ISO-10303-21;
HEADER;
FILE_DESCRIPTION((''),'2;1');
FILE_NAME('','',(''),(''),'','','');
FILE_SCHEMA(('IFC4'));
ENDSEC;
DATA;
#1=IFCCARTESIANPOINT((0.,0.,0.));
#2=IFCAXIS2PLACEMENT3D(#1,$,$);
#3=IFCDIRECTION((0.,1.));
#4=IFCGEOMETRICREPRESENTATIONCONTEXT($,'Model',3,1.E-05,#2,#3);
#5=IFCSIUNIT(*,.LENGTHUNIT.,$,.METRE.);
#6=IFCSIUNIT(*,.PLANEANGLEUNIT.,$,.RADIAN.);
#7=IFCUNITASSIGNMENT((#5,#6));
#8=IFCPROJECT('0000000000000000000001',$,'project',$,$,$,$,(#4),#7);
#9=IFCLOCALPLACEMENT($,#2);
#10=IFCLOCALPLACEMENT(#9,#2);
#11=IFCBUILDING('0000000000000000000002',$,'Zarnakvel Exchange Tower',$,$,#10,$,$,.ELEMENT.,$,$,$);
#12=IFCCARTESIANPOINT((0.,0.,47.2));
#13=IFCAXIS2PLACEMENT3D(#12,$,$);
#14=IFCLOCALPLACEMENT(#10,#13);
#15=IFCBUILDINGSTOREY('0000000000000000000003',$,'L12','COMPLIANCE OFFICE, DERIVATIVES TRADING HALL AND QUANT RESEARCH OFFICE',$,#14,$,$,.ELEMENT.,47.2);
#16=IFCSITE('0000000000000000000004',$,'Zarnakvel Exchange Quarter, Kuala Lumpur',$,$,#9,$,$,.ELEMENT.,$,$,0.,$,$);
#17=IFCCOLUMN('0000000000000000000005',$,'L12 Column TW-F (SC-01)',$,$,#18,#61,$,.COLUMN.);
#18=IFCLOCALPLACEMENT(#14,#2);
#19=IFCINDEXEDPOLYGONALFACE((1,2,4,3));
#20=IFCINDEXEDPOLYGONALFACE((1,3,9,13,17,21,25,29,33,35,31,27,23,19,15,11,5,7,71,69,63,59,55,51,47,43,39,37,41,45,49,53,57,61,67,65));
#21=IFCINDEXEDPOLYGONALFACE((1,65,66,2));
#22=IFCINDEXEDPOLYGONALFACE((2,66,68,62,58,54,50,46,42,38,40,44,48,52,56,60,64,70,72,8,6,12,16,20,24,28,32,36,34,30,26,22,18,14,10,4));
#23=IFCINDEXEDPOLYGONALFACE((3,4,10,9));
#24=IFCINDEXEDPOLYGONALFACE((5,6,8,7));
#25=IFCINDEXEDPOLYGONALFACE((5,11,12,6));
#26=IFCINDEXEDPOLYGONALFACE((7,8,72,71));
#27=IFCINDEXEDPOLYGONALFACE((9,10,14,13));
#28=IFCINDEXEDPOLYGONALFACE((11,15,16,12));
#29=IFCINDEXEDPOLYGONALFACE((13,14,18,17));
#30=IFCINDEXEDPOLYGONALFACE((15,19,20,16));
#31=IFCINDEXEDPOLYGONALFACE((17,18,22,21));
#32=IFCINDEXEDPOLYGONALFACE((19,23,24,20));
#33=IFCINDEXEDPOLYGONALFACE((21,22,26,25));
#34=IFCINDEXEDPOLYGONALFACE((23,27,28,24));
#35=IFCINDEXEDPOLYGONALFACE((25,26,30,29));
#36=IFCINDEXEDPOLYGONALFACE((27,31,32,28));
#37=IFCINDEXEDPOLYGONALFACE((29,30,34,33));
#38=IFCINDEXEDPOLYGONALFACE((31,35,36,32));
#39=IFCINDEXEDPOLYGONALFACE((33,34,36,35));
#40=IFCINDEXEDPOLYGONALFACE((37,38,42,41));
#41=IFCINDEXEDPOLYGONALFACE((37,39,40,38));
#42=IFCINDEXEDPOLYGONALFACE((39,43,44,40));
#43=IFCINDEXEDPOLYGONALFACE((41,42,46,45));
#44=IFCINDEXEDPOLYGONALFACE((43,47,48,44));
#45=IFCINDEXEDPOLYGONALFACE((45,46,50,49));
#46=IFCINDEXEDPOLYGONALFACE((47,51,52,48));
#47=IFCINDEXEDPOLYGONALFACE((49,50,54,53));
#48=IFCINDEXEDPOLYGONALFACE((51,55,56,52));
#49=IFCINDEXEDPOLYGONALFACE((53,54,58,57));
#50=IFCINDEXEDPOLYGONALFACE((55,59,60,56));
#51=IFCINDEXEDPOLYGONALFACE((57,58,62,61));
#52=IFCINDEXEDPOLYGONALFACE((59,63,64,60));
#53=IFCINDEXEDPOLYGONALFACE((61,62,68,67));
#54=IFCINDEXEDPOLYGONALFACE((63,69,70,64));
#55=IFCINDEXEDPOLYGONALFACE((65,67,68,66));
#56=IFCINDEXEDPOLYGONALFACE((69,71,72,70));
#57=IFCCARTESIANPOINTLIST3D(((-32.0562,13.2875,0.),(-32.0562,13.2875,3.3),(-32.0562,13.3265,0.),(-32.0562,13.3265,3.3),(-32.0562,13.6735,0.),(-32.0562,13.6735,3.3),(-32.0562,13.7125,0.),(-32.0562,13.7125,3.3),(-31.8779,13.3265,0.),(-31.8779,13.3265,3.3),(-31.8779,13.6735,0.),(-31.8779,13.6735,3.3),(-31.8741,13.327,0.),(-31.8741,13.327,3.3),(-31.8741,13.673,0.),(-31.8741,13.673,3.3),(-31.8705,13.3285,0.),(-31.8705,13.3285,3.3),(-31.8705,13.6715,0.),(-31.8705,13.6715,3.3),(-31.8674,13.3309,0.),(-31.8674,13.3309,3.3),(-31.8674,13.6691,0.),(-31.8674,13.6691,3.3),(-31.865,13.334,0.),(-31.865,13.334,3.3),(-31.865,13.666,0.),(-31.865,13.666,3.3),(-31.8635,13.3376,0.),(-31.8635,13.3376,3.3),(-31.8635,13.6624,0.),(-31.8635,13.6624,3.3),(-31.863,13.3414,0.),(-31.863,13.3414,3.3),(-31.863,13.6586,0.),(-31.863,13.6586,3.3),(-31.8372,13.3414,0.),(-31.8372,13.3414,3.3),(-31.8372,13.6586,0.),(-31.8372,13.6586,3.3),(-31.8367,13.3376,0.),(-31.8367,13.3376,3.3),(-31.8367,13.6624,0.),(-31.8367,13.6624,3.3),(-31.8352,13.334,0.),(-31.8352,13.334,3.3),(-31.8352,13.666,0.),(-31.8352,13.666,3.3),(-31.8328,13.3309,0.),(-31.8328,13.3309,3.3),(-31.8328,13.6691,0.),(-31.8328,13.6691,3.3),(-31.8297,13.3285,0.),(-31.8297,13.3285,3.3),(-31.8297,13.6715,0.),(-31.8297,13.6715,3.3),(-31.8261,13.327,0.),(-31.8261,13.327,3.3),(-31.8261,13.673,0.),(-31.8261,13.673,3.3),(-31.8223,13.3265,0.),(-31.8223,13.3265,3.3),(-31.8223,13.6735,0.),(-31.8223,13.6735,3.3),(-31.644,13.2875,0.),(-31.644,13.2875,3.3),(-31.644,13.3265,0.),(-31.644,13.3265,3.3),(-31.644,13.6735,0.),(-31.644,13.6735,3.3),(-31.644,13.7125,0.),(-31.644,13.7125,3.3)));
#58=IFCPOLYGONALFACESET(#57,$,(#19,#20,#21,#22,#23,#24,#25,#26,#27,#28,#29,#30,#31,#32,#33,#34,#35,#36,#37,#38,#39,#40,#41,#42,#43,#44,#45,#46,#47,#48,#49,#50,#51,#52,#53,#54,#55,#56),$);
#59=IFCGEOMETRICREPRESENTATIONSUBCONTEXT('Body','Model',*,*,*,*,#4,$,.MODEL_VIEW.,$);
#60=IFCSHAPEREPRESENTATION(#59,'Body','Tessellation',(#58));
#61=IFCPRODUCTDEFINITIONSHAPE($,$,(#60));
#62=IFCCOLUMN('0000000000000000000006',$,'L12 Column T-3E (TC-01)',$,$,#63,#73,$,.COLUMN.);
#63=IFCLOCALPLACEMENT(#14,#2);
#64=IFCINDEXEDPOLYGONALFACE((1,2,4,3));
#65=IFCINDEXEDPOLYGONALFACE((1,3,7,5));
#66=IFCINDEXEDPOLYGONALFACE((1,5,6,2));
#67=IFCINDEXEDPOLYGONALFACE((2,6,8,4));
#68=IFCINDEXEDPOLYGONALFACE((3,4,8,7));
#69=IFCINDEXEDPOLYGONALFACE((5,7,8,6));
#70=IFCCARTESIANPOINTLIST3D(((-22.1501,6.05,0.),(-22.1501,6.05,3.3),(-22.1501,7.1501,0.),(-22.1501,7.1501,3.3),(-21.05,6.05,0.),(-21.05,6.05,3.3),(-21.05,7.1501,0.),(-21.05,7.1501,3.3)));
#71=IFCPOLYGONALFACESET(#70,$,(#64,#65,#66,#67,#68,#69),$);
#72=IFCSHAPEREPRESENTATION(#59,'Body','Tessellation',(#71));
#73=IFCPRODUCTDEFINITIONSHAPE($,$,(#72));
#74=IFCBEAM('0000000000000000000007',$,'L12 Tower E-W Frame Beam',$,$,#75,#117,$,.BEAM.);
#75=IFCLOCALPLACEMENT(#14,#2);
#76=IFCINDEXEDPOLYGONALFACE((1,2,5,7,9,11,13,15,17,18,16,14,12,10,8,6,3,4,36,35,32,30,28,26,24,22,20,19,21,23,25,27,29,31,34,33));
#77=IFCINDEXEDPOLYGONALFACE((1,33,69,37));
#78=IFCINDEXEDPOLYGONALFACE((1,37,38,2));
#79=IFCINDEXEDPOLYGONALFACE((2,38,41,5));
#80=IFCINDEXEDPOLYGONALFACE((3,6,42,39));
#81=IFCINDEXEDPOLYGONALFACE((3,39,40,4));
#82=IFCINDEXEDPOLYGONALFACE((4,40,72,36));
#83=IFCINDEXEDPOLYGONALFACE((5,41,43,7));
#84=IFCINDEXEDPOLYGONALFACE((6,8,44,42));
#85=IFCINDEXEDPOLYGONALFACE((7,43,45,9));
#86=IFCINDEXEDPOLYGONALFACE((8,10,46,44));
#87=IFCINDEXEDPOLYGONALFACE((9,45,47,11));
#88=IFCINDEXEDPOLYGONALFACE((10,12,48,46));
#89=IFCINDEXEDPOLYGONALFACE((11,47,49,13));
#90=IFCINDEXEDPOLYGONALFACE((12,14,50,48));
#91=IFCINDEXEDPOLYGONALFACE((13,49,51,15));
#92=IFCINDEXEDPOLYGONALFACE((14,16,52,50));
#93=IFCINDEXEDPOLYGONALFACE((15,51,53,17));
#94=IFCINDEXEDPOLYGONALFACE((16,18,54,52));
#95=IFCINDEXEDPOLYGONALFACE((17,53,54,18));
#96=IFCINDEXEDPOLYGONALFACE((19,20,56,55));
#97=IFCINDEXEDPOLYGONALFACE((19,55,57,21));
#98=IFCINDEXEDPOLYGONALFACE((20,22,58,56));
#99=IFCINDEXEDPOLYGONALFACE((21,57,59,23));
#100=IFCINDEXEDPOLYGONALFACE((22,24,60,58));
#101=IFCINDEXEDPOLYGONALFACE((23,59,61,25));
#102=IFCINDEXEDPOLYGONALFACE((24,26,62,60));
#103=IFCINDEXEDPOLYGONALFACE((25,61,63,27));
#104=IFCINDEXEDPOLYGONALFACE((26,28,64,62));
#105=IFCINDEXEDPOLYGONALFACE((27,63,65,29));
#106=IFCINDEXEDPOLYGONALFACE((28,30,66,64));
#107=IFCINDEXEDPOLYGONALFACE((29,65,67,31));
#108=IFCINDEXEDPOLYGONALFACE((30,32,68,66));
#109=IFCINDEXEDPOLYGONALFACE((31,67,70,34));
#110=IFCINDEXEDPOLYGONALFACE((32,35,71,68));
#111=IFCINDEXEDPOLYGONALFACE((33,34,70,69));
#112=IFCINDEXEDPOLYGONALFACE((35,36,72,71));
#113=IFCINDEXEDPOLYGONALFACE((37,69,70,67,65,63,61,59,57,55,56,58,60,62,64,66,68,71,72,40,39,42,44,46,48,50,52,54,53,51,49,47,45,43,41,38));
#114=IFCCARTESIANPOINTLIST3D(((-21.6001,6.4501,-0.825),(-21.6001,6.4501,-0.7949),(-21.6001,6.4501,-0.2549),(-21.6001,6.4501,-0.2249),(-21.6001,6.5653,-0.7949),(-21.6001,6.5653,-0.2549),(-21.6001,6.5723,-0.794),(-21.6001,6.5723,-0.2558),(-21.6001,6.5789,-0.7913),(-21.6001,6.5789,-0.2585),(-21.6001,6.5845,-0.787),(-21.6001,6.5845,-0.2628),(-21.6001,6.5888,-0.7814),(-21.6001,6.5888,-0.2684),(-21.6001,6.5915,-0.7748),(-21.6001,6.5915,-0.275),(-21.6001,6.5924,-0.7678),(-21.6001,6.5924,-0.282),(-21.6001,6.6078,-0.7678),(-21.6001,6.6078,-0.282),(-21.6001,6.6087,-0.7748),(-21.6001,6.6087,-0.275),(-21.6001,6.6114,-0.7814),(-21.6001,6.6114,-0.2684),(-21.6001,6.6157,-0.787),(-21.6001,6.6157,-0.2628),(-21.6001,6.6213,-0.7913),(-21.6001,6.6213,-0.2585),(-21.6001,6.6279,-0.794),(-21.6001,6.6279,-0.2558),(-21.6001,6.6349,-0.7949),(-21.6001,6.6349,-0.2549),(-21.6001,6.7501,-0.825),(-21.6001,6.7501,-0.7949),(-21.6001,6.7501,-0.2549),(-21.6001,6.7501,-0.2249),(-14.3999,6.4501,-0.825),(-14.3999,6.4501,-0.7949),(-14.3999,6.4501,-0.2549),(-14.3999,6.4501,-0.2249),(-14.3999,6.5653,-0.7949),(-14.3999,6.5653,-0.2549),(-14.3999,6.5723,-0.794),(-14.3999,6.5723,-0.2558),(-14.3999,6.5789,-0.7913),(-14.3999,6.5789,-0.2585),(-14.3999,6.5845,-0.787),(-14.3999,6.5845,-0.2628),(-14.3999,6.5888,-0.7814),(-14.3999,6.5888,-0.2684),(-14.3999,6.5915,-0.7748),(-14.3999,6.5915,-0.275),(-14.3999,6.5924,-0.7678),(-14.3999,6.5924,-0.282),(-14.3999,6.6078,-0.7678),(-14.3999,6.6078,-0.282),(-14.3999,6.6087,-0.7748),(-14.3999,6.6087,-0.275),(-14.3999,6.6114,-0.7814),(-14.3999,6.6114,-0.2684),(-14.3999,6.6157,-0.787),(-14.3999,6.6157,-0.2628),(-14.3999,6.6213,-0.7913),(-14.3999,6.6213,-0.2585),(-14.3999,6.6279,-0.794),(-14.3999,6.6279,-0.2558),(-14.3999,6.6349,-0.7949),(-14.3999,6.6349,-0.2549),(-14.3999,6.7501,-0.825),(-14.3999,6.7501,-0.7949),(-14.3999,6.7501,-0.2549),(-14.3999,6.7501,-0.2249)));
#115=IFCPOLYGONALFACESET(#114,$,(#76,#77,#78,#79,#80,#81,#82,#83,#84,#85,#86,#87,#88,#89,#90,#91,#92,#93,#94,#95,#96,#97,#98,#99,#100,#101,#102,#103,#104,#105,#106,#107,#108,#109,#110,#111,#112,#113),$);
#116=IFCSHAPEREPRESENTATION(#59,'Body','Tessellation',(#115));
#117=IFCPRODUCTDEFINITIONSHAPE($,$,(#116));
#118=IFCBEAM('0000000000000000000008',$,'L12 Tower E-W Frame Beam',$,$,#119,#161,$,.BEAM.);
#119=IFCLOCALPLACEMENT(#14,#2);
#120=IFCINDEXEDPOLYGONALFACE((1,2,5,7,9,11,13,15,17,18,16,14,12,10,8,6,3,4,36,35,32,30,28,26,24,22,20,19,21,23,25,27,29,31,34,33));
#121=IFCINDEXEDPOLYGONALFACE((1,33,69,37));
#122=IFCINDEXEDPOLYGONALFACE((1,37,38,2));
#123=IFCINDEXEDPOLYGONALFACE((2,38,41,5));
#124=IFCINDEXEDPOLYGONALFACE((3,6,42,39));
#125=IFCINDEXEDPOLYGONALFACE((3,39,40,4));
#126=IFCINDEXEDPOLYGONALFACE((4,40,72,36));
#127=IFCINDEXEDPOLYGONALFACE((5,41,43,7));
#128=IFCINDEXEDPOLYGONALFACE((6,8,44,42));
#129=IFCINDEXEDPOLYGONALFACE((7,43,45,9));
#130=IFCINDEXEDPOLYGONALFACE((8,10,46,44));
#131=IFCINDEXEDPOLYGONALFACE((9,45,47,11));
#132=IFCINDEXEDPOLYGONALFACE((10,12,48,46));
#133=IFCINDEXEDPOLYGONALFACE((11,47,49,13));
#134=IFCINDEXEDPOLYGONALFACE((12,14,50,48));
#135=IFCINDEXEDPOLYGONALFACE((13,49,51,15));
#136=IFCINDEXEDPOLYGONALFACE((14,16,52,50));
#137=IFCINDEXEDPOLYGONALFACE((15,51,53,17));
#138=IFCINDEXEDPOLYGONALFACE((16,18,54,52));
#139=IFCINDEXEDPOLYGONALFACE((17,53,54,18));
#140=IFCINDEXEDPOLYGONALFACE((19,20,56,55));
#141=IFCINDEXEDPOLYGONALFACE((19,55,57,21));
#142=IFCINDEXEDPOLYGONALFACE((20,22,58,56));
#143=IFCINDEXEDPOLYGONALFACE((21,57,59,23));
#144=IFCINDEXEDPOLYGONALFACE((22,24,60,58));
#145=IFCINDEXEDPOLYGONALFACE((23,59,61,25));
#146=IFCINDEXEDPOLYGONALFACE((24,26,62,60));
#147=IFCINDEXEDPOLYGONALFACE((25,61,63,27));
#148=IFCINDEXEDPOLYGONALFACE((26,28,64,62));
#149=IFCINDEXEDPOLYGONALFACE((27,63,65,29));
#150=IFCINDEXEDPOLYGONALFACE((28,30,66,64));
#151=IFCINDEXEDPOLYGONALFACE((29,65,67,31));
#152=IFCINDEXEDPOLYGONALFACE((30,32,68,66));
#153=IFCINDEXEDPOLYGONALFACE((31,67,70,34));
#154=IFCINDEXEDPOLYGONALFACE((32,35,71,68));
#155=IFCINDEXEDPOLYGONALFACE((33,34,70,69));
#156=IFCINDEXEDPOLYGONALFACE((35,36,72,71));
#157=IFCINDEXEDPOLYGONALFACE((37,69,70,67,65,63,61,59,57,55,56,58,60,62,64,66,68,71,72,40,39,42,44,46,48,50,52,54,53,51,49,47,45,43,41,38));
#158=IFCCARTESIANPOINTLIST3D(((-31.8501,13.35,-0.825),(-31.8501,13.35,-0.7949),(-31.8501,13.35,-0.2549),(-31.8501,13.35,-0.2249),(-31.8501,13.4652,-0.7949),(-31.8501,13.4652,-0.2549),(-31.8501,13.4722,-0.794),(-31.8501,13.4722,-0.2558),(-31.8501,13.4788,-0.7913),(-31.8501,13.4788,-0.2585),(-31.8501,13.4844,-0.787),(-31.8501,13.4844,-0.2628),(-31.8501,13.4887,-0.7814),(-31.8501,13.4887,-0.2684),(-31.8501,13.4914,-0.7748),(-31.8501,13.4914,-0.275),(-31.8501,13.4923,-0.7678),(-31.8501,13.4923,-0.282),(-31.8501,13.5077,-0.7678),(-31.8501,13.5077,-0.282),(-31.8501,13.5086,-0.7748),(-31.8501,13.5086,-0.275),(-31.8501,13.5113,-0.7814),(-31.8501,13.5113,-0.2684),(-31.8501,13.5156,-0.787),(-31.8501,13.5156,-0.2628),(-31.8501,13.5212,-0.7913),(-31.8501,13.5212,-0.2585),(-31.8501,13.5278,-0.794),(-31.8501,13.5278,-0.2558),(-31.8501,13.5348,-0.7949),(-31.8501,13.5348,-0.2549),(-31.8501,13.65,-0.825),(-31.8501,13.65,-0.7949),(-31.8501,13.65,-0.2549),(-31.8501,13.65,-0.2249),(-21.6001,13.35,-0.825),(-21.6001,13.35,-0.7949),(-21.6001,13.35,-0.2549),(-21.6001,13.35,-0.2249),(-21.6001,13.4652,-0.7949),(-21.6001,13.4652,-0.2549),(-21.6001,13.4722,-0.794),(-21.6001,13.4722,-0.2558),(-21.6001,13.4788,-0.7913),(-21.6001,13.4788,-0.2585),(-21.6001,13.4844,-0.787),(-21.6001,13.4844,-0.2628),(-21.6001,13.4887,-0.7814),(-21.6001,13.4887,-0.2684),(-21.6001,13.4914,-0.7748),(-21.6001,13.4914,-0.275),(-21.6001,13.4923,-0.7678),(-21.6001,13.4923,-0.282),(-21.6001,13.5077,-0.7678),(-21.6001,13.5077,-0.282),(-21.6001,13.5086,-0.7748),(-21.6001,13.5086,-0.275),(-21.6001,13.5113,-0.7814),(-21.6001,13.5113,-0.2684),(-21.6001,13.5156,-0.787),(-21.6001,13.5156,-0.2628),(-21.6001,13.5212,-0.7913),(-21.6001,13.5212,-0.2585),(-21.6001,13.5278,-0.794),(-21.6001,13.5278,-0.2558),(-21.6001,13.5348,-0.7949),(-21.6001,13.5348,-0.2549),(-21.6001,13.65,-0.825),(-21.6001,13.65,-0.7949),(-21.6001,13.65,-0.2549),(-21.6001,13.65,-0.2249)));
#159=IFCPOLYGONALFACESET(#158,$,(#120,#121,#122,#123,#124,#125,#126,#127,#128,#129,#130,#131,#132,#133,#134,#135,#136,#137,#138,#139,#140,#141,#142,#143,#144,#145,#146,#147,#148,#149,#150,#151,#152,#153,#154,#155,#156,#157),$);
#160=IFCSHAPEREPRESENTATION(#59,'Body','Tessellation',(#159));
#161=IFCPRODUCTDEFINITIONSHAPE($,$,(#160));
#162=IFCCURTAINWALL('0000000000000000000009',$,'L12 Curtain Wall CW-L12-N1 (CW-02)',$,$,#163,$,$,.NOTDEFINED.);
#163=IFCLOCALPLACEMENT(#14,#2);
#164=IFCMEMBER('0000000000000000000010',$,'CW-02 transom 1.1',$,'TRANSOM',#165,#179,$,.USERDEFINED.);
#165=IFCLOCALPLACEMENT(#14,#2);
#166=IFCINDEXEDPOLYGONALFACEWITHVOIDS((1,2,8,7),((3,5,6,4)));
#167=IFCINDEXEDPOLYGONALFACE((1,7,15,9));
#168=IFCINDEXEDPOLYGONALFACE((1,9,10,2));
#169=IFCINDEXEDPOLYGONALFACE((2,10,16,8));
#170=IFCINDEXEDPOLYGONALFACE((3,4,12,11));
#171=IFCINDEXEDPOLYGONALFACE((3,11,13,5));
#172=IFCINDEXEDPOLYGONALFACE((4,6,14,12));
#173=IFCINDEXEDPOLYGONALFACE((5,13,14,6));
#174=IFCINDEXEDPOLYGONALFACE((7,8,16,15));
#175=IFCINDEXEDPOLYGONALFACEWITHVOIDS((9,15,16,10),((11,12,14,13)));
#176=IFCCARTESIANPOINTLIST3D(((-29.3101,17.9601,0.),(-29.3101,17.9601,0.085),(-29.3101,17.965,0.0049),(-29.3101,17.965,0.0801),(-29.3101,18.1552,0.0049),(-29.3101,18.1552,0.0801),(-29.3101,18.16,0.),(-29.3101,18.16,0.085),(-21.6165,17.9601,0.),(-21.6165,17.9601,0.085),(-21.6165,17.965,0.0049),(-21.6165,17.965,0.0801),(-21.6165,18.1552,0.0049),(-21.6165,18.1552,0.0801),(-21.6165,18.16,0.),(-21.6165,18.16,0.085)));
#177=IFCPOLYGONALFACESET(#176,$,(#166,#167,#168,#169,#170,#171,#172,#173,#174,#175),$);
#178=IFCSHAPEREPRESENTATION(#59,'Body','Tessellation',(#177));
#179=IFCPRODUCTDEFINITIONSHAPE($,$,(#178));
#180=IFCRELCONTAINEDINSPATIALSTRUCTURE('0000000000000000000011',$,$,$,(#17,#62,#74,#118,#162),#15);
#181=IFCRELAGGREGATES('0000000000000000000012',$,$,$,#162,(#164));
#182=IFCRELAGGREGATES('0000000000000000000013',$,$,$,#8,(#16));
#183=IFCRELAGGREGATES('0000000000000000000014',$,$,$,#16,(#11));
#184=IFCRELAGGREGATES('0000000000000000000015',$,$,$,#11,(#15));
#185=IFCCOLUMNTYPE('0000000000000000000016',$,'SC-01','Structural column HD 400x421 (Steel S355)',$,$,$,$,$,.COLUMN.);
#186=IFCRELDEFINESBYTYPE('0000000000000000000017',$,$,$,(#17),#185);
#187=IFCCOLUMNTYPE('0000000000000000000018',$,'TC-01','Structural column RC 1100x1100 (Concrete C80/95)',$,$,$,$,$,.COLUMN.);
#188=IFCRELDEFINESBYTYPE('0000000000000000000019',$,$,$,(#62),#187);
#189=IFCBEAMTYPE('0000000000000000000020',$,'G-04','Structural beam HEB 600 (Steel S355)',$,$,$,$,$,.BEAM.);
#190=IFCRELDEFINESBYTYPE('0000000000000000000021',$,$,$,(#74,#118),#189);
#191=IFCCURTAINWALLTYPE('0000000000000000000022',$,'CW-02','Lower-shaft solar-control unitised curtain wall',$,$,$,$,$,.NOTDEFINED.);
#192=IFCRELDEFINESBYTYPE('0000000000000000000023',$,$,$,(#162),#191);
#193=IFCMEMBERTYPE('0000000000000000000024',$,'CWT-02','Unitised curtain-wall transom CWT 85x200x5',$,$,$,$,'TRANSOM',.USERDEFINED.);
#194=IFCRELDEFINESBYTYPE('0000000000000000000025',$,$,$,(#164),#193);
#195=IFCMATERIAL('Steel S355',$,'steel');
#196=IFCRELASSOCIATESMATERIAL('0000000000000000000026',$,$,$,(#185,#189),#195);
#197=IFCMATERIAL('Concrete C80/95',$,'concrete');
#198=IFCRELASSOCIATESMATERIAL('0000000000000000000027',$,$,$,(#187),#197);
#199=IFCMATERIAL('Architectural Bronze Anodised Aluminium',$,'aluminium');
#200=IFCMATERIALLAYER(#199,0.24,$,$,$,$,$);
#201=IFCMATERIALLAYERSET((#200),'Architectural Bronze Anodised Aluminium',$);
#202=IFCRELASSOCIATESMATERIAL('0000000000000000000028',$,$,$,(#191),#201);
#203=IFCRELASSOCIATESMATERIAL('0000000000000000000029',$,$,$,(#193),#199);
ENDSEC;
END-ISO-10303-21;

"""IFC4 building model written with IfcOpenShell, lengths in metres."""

from ifc_helpers import new_model, si_unit, direction, frame, origin, origin_2d, place, context, subcontext, project, spatial, rectangle, hollow_rectangle, i_section, extrude, source, transform, mapped, material, layer, layer_set, material_profile, profile_set, type_object, element, aggregate, save


model = new_model("IFC4")

# Units and contexts
model_context = context("Model", 3, precision=1e-05, world=origin(), true_north=direction((0.0, 1.0)))
body_context = subcontext(model_context, "Body", "Model", "MODEL_VIEW")
ifc_project = project(units=[si_unit("LENGTHUNIT", "METRE"), si_unit("PLANEANGLEUNIT", "RADIAN")], contexts=[model_context])

# Site, building, storey
site_placement = place(None, origin())
site = spatial("IfcSite", under=ifc_project, at=site_placement, Name="Zarnakvel Exchange Quarter, Kuala Lumpur", CompositionType="ELEMENT", RefElevation=0.0)
building_placement = place(site_placement, origin())
building = spatial("IfcBuilding", under=site, at=building_placement, Name="Zarnakvel Exchange Tower", CompositionType="ELEMENT")
storey_placement = place(building_placement, frame((0.0, 0.0, 47.2)))
storey = spatial("IfcBuildingStorey", under=building, at=storey_placement, Name="L12", Description="COMPLIANCE OFFICE, DERIVATIVES TRADING HALL AND QUANT RESEARCH OFFICE", CompositionType="ELEMENT", Elevation=47.2)

# Columns
ifc_material_1 = material(Name="Steel S355", Category="steel")
ifc_material_profile_1 = material_profile(ifc_material_1, i_section(OverallWidth=0.4121, OverallDepth=0.425, WebThickness=0.0259, FlangeThickness=0.0391, FilletRadius=0.0149, at=origin_2d()))
ifc_profile_set_1 = profile_set([ifc_material_profile_1], Name="Steel S355")
column_type_1 = type_object("IfcColumnType", Name="SC-01", Description="Structural column HD 400x421 (Steel S355)", PredefinedType="COLUMN", material=ifc_profile_set_1)
column_1_placement = place(storey_placement, frame((-31.8501, 13.5, 0.0), z_axis=(0.0, 0.0, 1.0), x_axis=(1.0, 0.0, 0.0)))
element("IfcColumn", 1, at=column_1_placement, inside=storey, type_object=column_type_1, Name="L12 Column TW-F (SC-01)", PredefinedType="COLUMN", context=body_context, shape_type="SweptSolid", body=[
    extrude(i_section(OverallWidth=0.4121, OverallDepth=0.425, WebThickness=0.0259, FlangeThickness=0.0391, FilletRadius=0.0149, at=origin_2d()), origin(), (0.0, 0.0, 1.0), 3.3),
])
ifc_material_2 = material(Name="Concrete C80/95", Category="concrete")
ifc_material_profile_2 = material_profile(ifc_material_2, rectangle(XDim=1.1001, YDim=1.1001, at=origin_2d()))
ifc_profile_set_2 = profile_set([ifc_material_profile_2], Name="Concrete C80/95")
column_type_2 = type_object("IfcColumnType", Name="TC-01", Description="Structural column RC 1100x1100 (Concrete C80/95)", PredefinedType="COLUMN", material=ifc_profile_set_2)
column_2_placement = place(storey_placement, frame((-21.6001, 6.6001, 0.0), z_axis=(0.0, 0.0, 1.0), x_axis=(1.0, 0.0, 0.0)))
element("IfcColumn", 2, at=column_2_placement, inside=storey, type_object=column_type_2, Name="L12 Column T-3E (TC-01)", PredefinedType="COLUMN", context=body_context, shape_type="SweptSolid", body=[
    extrude(rectangle(XDim=1.1001, YDim=1.1001, at=origin_2d()), origin(), (0.0, 0.0, 1.0), 3.3),
])

# Beams
ifc_material_profile_3 = material_profile(ifc_material_1, i_section(OverallWidth=0.3, OverallDepth=0.6001, WebThickness=0.0154, FlangeThickness=0.03, FilletRadius=0.0271, at=origin_2d()))
ifc_profile_set_3 = profile_set([ifc_material_profile_3], Name="Steel S355")
beam_type = type_object("IfcBeamType", Name="G-04", Description="Structural beam HEB 600 (Steel S355)", PredefinedType="BEAM", material=ifc_profile_set_3)
beam_1_placement = place(storey_placement, frame((-21.6001, 6.6001, -0.5249), z_axis=(1.0, 0.0, 0.0), x_axis=(0.0, 1.0, 0.0)))
element("IfcBeam", 3, at=beam_1_placement, inside=storey, type_object=beam_type, Name="L12 Tower E-W Frame Beam", PredefinedType="BEAM", context=body_context, shape_type="SweptSolid", body=[
    extrude(i_section(OverallWidth=0.3, OverallDepth=0.6001, WebThickness=0.0154, FlangeThickness=0.03, FilletRadius=0.0271, at=origin_2d()), origin(), (0.0, 0.0, 1.0), 7.2002),
])
beam_2_placement = place(storey_placement, frame((-31.8501, 13.5, -0.5249), z_axis=(1.0, 0.0, 0.0), x_axis=(0.0, 1.0, 0.0)))
element("IfcBeam", 4, at=beam_2_placement, inside=storey, type_object=beam_type, Name="L12 Tower E-W Frame Beam", PredefinedType="BEAM", context=body_context, shape_type="SweptSolid", body=[
    extrude(i_section(OverallWidth=0.3, OverallDepth=0.6001, WebThickness=0.0154, FlangeThickness=0.03, FilletRadius=0.0271, at=origin_2d()), origin(), (0.0, 0.0, 1.0), 10.25),
])

# Curtain wall, member
ifc_material_3 = material(Name="Architectural Bronze Anodised Aluminium", Category="aluminium")
ifc_layer_1 = layer(ifc_material_3, 0.24)
ifc_layer_set_1 = layer_set([ifc_layer_1], Name="Architectural Bronze Anodised Aluminium")
curtain_wall_type_1 = type_object("IfcCurtainWallType", Name="CW-02", Description="Lower-shaft solar-control unitised curtain wall", PredefinedType="NOTDEFINED", material=ifc_layer_set_1)
curtain_wall_1_placement = place(storey_placement, origin())
curtain_wall_1 = element("IfcCurtainWall", 5, at=curtain_wall_1_placement, inside=storey, type_object=curtain_wall_type_1, Name="L12 Curtain Wall CW-L12-N1 (CW-02)", PredefinedType="NOTDEFINED")
ifc_material_profile_4 = material_profile(ifc_material_3, hollow_rectangle(XDim=0.2, YDim=0.085, WallThickness=0.0049, at=origin_2d()))
ifc_profile_set_4 = profile_set([ifc_material_profile_4], Name="Architectural Bronze Anodised Aluminium")
member_type_1 = type_object("IfcMemberType", Name="CWT-02", Description="Unitised curtain-wall transom CWT 85x200x5", ElementType="TRANSOM", PredefinedType="USERDEFINED", material=ifc_profile_set_4)
shared_shape_1 = source(origin(), body_context, "Body", "SweptSolid", [
    extrude(hollow_rectangle(XDim=0.2, YDim=0.085, WallThickness=0.0049, at=origin_2d()), origin(), (0.0, 0.0, 1.0), 7.6936),
])
member_1_placement = place(storey_placement, frame((-29.3101, 18.0601, 0.0425), z_axis=(1.0, 0.0, 0.0), x_axis=(0.0, 1.0, 0.0)))
member_1 = element("IfcMember", 6, at=member_1_placement, type_object=member_type_1, Name="CW-02 transom 1.1", ObjectType="TRANSOM", PredefinedType="USERDEFINED", context=body_context, shape_type="MappedRepresentation", body=[
    mapped(shared_shape_1, transform((0.0, 0.0, 0.0), x_axis=(1.0, 0.0, 0.0), y_axis=(0.0, 1.0, 0.0), z_axis=(0.0, 0.0, 1.0), scale=1.0)),
])

aggregate(curtain_wall_1, [member_1])

save(model, "model.ifc")
